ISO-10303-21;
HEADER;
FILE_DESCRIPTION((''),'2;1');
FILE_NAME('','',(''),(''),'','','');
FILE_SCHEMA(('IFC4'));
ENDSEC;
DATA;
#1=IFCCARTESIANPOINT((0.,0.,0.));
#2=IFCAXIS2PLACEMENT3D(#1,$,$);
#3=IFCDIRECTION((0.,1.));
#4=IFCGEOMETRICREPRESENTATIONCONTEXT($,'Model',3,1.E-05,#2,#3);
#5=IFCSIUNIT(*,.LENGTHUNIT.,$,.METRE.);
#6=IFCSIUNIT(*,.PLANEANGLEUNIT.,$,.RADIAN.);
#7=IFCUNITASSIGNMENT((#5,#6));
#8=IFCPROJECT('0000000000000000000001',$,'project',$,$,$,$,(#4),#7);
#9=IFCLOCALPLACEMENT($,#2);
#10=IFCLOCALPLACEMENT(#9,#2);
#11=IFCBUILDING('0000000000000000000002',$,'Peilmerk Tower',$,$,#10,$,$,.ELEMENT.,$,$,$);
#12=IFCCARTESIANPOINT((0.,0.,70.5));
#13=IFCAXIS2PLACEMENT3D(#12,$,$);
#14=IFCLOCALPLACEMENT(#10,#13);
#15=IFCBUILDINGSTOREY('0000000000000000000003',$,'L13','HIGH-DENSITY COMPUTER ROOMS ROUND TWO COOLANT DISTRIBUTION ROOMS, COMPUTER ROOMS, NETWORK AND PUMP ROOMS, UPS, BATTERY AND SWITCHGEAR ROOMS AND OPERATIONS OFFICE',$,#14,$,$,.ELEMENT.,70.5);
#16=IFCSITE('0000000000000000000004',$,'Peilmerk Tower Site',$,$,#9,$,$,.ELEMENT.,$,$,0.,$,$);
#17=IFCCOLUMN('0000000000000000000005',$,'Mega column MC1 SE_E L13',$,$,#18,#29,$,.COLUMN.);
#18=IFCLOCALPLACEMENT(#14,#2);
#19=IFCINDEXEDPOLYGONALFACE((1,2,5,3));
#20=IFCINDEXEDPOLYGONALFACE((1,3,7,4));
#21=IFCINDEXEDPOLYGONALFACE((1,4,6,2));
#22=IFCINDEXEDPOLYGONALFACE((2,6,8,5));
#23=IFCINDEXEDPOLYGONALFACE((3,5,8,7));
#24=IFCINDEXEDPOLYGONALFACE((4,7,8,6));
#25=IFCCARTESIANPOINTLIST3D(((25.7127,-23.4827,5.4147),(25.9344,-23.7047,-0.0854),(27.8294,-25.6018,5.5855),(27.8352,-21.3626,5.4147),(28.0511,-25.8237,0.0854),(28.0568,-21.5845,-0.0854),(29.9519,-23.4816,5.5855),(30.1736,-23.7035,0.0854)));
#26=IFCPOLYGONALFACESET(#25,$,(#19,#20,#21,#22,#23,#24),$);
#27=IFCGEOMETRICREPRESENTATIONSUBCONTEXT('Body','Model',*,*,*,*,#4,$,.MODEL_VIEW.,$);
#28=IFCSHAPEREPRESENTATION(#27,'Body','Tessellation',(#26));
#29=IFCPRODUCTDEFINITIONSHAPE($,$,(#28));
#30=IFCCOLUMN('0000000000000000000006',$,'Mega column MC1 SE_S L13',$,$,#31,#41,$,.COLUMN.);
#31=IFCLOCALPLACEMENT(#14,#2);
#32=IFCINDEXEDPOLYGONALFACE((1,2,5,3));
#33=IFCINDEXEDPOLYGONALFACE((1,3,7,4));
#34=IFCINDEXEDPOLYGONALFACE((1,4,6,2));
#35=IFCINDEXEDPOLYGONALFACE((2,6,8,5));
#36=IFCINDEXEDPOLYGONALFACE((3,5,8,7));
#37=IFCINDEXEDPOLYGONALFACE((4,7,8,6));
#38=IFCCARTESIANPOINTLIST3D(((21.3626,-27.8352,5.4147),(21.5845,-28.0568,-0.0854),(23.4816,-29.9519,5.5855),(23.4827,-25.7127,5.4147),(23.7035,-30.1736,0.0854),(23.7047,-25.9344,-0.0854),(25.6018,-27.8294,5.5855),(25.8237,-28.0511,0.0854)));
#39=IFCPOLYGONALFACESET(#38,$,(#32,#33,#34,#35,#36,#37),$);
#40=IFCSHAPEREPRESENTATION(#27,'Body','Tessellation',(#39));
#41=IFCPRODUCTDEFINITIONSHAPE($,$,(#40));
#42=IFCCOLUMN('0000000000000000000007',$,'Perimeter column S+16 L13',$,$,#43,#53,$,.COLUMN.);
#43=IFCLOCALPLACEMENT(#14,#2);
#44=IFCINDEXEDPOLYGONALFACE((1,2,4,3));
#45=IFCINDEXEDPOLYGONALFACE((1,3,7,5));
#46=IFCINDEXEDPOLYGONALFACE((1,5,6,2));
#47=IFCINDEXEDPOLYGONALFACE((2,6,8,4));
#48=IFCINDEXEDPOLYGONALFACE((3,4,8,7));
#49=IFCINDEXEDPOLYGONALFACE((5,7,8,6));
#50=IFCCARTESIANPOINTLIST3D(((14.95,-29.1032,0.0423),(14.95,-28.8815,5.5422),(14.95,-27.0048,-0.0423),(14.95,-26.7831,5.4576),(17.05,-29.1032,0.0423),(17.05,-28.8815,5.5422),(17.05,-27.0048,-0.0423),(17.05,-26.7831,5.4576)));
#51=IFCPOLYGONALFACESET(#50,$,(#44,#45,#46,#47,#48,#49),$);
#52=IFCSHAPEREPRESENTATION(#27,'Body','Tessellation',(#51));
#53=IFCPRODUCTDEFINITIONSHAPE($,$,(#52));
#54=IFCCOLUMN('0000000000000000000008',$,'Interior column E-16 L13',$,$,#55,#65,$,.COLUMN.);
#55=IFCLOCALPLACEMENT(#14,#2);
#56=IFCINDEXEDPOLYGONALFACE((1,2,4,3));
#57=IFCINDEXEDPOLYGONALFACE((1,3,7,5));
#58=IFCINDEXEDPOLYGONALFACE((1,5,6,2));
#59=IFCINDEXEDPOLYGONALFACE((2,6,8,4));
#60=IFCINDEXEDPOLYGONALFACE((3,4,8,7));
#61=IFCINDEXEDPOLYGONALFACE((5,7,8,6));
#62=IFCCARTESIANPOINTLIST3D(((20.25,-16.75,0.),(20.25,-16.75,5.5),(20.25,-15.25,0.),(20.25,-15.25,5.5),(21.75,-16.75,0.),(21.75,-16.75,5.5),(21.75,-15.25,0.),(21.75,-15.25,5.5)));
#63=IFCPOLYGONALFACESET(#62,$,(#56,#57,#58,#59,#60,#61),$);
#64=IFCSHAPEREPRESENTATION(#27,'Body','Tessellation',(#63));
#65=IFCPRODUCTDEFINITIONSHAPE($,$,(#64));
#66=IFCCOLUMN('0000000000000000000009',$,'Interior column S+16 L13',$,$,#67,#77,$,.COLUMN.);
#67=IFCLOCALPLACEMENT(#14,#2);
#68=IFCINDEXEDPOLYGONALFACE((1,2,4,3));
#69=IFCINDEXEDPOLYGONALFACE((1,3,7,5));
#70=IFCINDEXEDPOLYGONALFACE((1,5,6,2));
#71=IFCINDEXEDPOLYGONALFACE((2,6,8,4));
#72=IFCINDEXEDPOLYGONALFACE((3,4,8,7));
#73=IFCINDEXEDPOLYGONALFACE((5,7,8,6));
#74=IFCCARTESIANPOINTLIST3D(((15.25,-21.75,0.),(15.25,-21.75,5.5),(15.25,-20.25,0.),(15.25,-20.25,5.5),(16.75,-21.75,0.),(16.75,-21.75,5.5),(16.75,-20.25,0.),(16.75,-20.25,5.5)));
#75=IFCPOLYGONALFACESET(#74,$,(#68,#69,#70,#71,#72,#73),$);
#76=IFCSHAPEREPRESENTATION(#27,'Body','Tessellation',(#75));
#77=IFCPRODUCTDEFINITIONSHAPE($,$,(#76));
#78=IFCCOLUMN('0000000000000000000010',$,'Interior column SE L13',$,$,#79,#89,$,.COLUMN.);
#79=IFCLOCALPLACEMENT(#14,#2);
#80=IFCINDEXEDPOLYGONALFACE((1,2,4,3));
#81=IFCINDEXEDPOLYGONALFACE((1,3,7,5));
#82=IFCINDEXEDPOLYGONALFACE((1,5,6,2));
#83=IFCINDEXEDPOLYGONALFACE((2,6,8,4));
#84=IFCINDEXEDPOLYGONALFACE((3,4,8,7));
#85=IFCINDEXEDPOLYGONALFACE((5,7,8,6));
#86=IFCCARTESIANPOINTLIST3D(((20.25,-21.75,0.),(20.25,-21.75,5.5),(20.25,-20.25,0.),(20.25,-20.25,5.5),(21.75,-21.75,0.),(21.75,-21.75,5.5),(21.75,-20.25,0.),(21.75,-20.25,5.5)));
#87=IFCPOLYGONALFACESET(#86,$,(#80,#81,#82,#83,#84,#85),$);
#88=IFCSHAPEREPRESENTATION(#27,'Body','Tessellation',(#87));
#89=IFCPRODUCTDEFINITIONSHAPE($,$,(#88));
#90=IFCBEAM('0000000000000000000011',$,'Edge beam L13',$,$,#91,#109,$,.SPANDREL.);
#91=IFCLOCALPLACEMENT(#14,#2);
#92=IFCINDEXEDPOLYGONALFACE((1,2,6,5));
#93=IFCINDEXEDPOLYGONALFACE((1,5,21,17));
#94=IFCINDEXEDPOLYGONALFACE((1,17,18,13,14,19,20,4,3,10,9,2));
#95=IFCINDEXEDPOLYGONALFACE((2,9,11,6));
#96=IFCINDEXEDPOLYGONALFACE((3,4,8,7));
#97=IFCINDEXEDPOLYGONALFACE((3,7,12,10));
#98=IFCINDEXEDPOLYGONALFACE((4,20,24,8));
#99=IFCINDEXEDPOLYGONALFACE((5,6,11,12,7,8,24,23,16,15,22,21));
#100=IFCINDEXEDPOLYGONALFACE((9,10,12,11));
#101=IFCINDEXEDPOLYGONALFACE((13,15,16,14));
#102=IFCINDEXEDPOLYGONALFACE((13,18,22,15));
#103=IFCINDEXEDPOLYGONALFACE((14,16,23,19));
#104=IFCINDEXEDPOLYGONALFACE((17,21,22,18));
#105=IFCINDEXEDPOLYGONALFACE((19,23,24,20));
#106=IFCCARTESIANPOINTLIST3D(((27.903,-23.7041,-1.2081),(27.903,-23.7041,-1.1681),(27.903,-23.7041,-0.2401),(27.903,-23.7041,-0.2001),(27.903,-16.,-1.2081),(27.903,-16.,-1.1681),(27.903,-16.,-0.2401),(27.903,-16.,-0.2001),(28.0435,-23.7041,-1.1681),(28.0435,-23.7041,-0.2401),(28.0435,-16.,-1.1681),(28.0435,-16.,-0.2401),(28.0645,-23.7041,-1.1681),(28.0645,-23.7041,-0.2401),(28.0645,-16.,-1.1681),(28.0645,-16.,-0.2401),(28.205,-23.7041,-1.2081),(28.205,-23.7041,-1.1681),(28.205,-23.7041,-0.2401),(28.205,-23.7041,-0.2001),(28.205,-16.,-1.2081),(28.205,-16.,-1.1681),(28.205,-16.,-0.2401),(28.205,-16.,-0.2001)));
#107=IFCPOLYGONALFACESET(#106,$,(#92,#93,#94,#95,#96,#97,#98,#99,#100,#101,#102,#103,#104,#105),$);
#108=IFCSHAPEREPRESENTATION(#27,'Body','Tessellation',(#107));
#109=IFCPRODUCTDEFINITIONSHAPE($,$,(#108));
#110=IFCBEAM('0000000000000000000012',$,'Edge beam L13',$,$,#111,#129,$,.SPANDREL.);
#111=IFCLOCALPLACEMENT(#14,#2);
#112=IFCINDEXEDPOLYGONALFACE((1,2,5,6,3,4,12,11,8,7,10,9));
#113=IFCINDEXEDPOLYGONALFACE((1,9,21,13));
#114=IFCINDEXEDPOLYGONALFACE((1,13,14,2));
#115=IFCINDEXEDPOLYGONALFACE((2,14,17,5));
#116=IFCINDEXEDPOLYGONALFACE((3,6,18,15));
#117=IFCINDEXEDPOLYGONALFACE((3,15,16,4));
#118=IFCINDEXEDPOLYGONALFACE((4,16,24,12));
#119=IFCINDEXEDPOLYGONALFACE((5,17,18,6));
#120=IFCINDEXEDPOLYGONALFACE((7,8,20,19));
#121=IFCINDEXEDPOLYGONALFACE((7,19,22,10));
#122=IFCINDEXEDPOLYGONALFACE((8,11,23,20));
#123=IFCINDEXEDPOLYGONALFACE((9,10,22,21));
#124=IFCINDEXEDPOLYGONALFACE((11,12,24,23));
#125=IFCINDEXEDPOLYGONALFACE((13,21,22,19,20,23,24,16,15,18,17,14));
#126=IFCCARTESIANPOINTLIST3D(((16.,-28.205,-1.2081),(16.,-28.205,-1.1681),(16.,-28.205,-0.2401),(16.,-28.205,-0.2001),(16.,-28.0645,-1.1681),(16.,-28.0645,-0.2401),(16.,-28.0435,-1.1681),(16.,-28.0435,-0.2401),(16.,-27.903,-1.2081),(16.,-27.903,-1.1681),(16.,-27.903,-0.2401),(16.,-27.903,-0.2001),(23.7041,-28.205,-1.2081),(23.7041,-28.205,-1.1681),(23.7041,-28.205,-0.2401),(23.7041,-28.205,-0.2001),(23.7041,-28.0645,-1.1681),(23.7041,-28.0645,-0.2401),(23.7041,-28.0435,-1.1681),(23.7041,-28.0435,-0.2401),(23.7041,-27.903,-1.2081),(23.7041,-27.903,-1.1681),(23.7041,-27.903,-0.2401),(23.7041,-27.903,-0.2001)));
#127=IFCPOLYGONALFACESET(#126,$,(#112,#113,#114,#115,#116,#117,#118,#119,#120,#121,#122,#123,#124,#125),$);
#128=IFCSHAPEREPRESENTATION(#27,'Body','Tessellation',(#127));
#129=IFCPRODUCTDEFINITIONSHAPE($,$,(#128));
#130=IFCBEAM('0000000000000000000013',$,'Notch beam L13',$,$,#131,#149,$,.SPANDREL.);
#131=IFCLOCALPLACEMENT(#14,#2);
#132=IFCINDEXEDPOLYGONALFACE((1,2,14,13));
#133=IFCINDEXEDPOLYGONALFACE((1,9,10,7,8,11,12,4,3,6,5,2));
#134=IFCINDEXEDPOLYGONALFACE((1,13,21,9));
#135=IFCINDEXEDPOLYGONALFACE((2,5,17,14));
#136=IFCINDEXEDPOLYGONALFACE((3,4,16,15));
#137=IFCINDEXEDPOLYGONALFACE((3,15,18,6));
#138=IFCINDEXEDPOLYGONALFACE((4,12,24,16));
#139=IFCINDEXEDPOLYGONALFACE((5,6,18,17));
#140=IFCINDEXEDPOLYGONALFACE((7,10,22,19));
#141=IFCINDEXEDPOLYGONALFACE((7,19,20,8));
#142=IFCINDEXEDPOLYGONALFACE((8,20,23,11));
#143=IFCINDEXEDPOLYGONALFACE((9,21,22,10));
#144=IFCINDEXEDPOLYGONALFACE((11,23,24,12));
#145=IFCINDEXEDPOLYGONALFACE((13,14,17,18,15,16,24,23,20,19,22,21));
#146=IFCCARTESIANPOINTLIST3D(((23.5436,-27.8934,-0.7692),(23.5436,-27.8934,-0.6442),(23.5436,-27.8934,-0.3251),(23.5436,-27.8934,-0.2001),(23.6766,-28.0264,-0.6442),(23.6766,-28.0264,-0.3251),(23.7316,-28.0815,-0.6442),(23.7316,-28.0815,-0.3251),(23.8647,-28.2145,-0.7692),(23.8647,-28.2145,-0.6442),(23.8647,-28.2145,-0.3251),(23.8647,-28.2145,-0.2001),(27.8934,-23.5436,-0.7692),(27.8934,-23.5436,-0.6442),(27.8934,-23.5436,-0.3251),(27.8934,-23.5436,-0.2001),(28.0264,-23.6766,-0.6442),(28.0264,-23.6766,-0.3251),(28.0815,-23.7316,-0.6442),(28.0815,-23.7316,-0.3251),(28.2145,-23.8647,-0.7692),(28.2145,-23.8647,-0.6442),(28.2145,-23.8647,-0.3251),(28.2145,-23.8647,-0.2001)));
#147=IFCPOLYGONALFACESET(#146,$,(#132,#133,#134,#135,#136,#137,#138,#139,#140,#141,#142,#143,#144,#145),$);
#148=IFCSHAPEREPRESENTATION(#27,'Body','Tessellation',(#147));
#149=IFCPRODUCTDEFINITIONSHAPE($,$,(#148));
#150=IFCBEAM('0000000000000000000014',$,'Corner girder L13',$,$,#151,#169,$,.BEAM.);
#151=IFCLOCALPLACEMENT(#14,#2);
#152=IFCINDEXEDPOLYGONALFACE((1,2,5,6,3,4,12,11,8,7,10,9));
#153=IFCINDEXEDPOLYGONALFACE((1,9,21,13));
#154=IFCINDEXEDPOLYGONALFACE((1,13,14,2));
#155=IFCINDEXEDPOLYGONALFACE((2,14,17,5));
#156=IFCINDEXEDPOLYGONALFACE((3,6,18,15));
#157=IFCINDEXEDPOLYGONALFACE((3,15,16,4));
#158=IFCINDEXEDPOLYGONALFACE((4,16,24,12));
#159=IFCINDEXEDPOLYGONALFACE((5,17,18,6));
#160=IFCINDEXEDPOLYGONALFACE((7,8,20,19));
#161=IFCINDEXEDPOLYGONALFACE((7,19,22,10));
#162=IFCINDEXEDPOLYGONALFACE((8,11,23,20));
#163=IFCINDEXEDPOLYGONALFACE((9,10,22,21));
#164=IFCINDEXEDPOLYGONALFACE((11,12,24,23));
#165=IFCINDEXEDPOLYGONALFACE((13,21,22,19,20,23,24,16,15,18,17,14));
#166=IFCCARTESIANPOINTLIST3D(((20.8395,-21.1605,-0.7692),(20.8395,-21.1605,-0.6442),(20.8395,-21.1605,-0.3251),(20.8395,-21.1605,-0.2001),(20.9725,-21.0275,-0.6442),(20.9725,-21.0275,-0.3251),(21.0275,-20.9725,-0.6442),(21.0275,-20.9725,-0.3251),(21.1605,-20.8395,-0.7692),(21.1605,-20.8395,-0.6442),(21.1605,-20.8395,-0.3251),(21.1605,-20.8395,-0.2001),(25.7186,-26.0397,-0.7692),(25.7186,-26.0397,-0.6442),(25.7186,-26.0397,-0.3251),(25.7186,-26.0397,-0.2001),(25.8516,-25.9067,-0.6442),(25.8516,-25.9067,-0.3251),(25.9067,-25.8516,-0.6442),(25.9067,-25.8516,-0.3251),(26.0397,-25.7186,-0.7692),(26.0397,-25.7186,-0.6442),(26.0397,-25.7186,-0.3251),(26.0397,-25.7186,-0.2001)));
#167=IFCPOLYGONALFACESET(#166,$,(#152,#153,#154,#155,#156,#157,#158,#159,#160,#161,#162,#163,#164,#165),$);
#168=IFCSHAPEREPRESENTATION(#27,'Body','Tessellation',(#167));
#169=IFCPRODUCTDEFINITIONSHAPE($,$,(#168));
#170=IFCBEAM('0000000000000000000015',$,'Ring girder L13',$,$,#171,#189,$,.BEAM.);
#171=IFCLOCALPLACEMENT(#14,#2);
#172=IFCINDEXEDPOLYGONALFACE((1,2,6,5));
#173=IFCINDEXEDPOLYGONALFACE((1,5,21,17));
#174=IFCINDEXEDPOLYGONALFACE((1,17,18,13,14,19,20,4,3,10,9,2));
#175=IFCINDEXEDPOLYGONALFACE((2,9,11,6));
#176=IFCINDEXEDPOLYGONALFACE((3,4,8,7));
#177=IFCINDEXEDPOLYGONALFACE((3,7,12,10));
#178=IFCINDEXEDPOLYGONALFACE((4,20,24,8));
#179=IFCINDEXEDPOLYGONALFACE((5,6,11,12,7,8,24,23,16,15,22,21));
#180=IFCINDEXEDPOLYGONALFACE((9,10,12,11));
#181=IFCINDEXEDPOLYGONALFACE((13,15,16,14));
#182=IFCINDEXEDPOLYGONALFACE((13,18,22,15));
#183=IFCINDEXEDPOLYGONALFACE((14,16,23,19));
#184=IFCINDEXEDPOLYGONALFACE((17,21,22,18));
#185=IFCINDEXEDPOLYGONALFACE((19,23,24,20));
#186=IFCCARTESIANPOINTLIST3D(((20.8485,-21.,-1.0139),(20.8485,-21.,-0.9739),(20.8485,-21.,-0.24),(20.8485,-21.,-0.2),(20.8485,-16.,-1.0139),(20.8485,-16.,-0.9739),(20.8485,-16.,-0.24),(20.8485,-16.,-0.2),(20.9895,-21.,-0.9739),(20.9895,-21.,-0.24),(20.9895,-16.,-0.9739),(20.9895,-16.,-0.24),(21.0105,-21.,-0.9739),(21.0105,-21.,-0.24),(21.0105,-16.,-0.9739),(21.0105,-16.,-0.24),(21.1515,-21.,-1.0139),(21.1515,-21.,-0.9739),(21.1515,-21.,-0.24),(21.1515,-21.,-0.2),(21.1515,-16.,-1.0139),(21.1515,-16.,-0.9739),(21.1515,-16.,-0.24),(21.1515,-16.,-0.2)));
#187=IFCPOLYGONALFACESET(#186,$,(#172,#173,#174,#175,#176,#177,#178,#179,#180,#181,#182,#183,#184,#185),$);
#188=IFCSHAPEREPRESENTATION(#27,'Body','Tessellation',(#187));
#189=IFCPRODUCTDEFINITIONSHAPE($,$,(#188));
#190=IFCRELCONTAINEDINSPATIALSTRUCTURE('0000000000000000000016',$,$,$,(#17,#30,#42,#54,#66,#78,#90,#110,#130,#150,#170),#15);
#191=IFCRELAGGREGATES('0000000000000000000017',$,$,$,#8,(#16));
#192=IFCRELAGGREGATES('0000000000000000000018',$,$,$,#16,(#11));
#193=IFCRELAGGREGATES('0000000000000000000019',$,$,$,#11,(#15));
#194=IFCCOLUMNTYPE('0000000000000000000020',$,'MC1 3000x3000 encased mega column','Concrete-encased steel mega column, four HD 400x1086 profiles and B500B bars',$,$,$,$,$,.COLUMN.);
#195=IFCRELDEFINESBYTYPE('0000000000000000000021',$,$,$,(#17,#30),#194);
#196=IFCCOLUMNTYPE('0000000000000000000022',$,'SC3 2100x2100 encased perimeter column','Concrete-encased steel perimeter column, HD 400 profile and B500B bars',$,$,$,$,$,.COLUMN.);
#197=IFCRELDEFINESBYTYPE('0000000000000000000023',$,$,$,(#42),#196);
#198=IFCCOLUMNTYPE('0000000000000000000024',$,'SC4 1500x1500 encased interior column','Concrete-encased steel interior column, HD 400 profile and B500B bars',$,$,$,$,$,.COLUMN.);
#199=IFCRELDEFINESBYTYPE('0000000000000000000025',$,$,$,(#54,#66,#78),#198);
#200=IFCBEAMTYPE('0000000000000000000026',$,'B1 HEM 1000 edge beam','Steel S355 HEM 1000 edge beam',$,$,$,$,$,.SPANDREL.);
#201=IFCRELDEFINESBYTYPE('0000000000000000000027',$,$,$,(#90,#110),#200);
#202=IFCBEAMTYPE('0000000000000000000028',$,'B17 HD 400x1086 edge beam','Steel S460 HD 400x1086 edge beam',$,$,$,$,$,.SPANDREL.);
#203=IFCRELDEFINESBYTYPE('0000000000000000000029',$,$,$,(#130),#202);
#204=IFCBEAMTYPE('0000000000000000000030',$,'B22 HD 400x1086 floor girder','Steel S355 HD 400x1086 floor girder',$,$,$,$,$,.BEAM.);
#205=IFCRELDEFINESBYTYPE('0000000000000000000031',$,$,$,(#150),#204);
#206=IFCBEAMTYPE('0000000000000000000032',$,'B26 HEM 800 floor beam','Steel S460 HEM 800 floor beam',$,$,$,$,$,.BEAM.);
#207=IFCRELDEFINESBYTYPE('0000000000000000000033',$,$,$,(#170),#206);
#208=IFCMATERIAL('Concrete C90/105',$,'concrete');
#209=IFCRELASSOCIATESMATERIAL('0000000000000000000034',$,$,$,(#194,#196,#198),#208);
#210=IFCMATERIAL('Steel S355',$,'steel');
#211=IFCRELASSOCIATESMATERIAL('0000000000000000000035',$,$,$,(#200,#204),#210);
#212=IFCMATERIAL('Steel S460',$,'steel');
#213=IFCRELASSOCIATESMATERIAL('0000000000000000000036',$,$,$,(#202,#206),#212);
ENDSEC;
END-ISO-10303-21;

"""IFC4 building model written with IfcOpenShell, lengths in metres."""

from ifc_helpers import new_model, si_unit, direction, frame, origin, origin_2d, place, context, subcontext, project, spatial, rectangle, i_section, extrude, material, material_profile, profile_set, type_object, element, save


model = new_model("IFC4")

# Units and contexts
model_context = context("Model", 3, precision=1e-05, world=origin(), true_north=direction((0.0, 1.0)))
body_context = subcontext(model_context, "Body", "Model", "MODEL_VIEW")
ifc_project = project(units=[si_unit("LENGTHUNIT", "METRE"), si_unit("PLANEANGLEUNIT", "RADIAN")], contexts=[model_context])

# Site, building, storey
site_placement = place(None, origin())
site = spatial("IfcSite", under=ifc_project, at=site_placement, Name="Peilmerk Tower Site", CompositionType="ELEMENT", RefElevation=0.0)
building_placement = place(site_placement, origin())
building = spatial("IfcBuilding", under=site, at=building_placement, Name="Peilmerk Tower", CompositionType="ELEMENT")
storey_placement = place(building_placement, frame((0.0, 0.0, 70.5)))
storey = spatial("IfcBuildingStorey", under=building, at=storey_placement, Name="L13", Description="HIGH-DENSITY COMPUTER ROOMS ROUND TWO COOLANT DISTRIBUTION ROOMS, COMPUTER ROOMS, NETWORK AND PUMP ROOMS, UPS, BATTERY AND SWITCHGEAR ROOMS AND OPERATIONS OFFICE", CompositionType="ELEMENT", Elevation=70.5)

# Columns
ifc_material_1 = material(Name="Concrete C90/105", Category="concrete")
ifc_material_profile_1 = material_profile(ifc_material_1, rectangle(XDim=3.0, YDim=3.0, at=origin_2d()), Name="RC 3000x3000")
ifc_profile_set_1 = profile_set([ifc_material_profile_1], Name="Concrete C90/105")
column_type_1 = type_object("IfcColumnType", Name="MC1 3000x3000 encased mega column", Description="Concrete-encased steel mega column, four HD 400x1086 profiles and B500B bars", PredefinedType="COLUMN", material=ifc_profile_set_1)
for number, where, z_axis, x_axis, name in (
    (1, (28.054, -23.7041, 0.0), (-0.04024, 0.040284, 0.998378), (-0.707496, -0.706718, 0.0), "Mega column MC1 SE_E L13"),
    (2, (23.7041, -28.054, 0.0), (-0.040284, 0.04024, 0.998378), (-0.706718, -0.707496, 0.0), "Mega column MC1 SE_S L13"),
):
    element("IfcColumn", number, at=place(storey_placement, frame(where, z_axis=z_axis, x_axis=x_axis)), inside=storey, type_object=column_type_1, Name=name, PredefinedType="COLUMN", context=body_context, shape_type="SweptSolid", body=[
        extrude(rectangle(XDim=3.0, YDim=3.0, at=origin_2d()), origin(), (0.0, 0.0, 1.0), 5.509),
    ])
ifc_material_profile_2 = material_profile(ifc_material_1, rectangle(XDim=2.1001, YDim=2.1001, at=origin_2d()), Name="RC 2100x2100")
ifc_profile_set_2 = profile_set([ifc_material_profile_2], Name="Concrete C90/105")
column_type_2 = type_object("IfcColumnType", Name="SC3 2100x2100 encased perimeter column", Description="Concrete-encased steel perimeter column, HD 400 profile and B500B bars", PredefinedType="COLUMN", material=ifc_profile_set_2)
column_placement = place(storey_placement, frame((16.0, -28.054, 0.0), z_axis=(0.0, 0.040273, 0.999189), x_axis=(-1.0, 0.0, 0.0)))
element("IfcColumn", 3, at=column_placement, inside=storey, type_object=column_type_2, Name="Perimeter column S+16 L13", PredefinedType="COLUMN", context=body_context, shape_type="SweptSolid", body=[
    extrude(rectangle(XDim=2.1001, YDim=2.1001, at=origin_2d()), origin(), (0.0, 0.0, 1.0), 5.5044),
])
ifc_material_profile_3 = material_profile(ifc_material_1, rectangle(XDim=1.5, YDim=1.5, at=origin_2d()), Name="RC 1500x1500")
ifc_profile_set_3 = profile_set([ifc_material_profile_3], Name="Concrete C90/105")
column_type_3 = type_object("IfcColumnType", Name="SC4 1500x1500 encased interior column", Description="Concrete-encased steel interior column, HD 400 profile and B500B bars", PredefinedType="COLUMN", material=ifc_profile_set_3)
for number, where, z_axis, x_axis, name in (
    (4, (21.0, -16.0, 0.0), (0.0, 0.0, 1.0), (1.0, 0.0, 0.0), "Interior column E-16 L13"),
    (5, (16.0, -21.0, 0.0), (0.0, 0.0, 1.0), (1.0, 0.0, 0.0), "Interior column S+16 L13"),
    (6, (21.0, -21.0, 0.0), (0.0, 0.0, 1.0), (1.0, 0.0, 0.0), "Interior column SE L13"),
):
    element("IfcColumn", number, at=place(storey_placement, frame(where, z_axis=z_axis, x_axis=x_axis)), inside=storey, type_object=column_type_3, Name=name, PredefinedType="COLUMN", context=body_context, shape_type="SweptSolid", body=[
        extrude(rectangle(XDim=1.5, YDim=1.5, at=origin_2d()), origin(), (0.0, 0.0, 1.0), 5.5),
    ])

# Beams
ifc_material_2 = material(Name="Steel S355", Category="steel")
ifc_material_profile_4 = material_profile(ifc_material_2, i_section(OverallWidth=0.302, OverallDepth=1.0081, WebThickness=0.021, FlangeThickness=0.04, at=origin_2d()), Name="HEM 1000")
ifc_profile_set_4 = profile_set([ifc_material_profile_4], Name="Steel S355")
beam_type_1 = type_object("IfcBeamType", Name="B1 HEM 1000 edge beam", Description="Steel S355 HEM 1000 edge beam", PredefinedType="SPANDREL", material=ifc_profile_set_4)
for number, where, z_axis, x_axis, name in (
    (7, (28.054, -23.7041, -0.7041), (0.0, 1.0, 0.0), (-1.0, 0.0, 0.0), "Edge beam L13"),
    (8, (16.0, -28.054, -0.7041), (1.0, 0.0, 0.0), (0.0, 1.0, 0.0), "Edge beam L13"),
):
    element("IfcBeam", number, at=place(storey_placement, frame(where, z_axis=z_axis, x_axis=x_axis)), inside=storey, type_object=beam_type_1, Name=name, PredefinedType="SPANDREL", context=body_context, shape_type="SweptSolid", body=[
        extrude(i_section(OverallWidth=0.302, OverallDepth=1.0081, WebThickness=0.021, FlangeThickness=0.04, at=origin_2d()), origin(), (0.0, 0.0, 1.0), 7.7041),
    ])
ifc_material_3 = material(Name="Steel S460", Category="steel")
ifc_material_profile_5 = material_profile(ifc_material_3, i_section(OverallWidth=0.4541, OverallDepth=0.5691, WebThickness=0.0779, FlangeThickness=0.125, at=origin_2d()), Name="HD 400x1086")
ifc_profile_set_5 = profile_set([ifc_material_profile_5], Name="Steel S460")
beam_type_2 = type_object("IfcBeamType", Name="B17 HD 400x1086 edge beam", Description="Steel S460 HD 400x1086 edge beam", PredefinedType="SPANDREL", material=ifc_profile_set_5)
beam_1_placement = place(storey_placement, frame((28.054, -23.7041, -0.4846), z_axis=(-0.707107, -0.707107, 0.0), x_axis=(0.707107, -0.707107, 0.0)))
element("IfcBeam", 9, at=beam_1_placement, inside=storey, type_object=beam_type_2, Name="Notch beam L13", PredefinedType="SPANDREL", context=body_context, shape_type="SweptSolid", body=[
    extrude(i_section(OverallWidth=0.4541, OverallDepth=0.5691, WebThickness=0.0779, FlangeThickness=0.125, at=origin_2d()), origin(), (0.0, 0.0, 1.0), 6.1516),
])
ifc_material_profile_6 = material_profile(ifc_material_2, i_section(OverallWidth=0.4541, OverallDepth=0.5691, WebThickness=0.0779, FlangeThickness=0.125, at=origin_2d()), Name="HD 400x1086")
ifc_profile_set_6 = profile_set([ifc_material_profile_6], Name="Steel S355")
beam_type_3 = type_object("IfcBeamType", Name="B22 HD 400x1086 floor girder", Description="Steel S355 HD 400x1086 floor girder", PredefinedType="BEAM", material=ifc_profile_set_6)
beam_2_placement = place(storey_placement, frame((21.0, -21.0, -0.4846), z_axis=(0.707107, -0.707107, 0.0), x_axis=(0.707107, 0.707107, 0.0)))
element("IfcBeam", 10, at=beam_2_placement, inside=storey, type_object=beam_type_3, Name="Corner girder L13", PredefinedType="BEAM", context=body_context, shape_type="SweptSolid", body=[
    extrude(i_section(OverallWidth=0.4541, OverallDepth=0.5691, WebThickness=0.0779, FlangeThickness=0.125, at=origin_2d()), origin(), (0.0, 0.0, 1.0), 6.9001),
])
ifc_material_profile_7 = material_profile(ifc_material_3, i_section(OverallWidth=0.303, OverallDepth=0.814, WebThickness=0.021, FlangeThickness=0.04, at=origin_2d()), Name="HEM 800")
ifc_profile_set_7 = profile_set([ifc_material_profile_7], Name="Steel S460")
beam_type_4 = type_object("IfcBeamType", Name="B26 HEM 800 floor beam", Description="Steel S460 HEM 800 floor beam", PredefinedType="BEAM", material=ifc_profile_set_7)
for number, where, z_axis, x_axis, name in (
    (11, (21.0, -21.0, -0.6069), (0.0, 1.0, 0.0), (-1.0, 0.0, 0.0), "Ring girder L13"),
):
    element("IfcBeam", number, at=place(storey_placement, frame(where, z_axis=z_axis, x_axis=x_axis)), inside=storey, type_object=beam_type_4, Name=name, PredefinedType="BEAM", context=body_context, shape_type="SweptSolid", body=[
        extrude(i_section(OverallWidth=0.303, OverallDepth=0.814, WebThickness=0.021, FlangeThickness=0.04, at=origin_2d()), origin(), (0.0, 0.0, 1.0), 5.0),
    ])

save(model, "model.ifc")
